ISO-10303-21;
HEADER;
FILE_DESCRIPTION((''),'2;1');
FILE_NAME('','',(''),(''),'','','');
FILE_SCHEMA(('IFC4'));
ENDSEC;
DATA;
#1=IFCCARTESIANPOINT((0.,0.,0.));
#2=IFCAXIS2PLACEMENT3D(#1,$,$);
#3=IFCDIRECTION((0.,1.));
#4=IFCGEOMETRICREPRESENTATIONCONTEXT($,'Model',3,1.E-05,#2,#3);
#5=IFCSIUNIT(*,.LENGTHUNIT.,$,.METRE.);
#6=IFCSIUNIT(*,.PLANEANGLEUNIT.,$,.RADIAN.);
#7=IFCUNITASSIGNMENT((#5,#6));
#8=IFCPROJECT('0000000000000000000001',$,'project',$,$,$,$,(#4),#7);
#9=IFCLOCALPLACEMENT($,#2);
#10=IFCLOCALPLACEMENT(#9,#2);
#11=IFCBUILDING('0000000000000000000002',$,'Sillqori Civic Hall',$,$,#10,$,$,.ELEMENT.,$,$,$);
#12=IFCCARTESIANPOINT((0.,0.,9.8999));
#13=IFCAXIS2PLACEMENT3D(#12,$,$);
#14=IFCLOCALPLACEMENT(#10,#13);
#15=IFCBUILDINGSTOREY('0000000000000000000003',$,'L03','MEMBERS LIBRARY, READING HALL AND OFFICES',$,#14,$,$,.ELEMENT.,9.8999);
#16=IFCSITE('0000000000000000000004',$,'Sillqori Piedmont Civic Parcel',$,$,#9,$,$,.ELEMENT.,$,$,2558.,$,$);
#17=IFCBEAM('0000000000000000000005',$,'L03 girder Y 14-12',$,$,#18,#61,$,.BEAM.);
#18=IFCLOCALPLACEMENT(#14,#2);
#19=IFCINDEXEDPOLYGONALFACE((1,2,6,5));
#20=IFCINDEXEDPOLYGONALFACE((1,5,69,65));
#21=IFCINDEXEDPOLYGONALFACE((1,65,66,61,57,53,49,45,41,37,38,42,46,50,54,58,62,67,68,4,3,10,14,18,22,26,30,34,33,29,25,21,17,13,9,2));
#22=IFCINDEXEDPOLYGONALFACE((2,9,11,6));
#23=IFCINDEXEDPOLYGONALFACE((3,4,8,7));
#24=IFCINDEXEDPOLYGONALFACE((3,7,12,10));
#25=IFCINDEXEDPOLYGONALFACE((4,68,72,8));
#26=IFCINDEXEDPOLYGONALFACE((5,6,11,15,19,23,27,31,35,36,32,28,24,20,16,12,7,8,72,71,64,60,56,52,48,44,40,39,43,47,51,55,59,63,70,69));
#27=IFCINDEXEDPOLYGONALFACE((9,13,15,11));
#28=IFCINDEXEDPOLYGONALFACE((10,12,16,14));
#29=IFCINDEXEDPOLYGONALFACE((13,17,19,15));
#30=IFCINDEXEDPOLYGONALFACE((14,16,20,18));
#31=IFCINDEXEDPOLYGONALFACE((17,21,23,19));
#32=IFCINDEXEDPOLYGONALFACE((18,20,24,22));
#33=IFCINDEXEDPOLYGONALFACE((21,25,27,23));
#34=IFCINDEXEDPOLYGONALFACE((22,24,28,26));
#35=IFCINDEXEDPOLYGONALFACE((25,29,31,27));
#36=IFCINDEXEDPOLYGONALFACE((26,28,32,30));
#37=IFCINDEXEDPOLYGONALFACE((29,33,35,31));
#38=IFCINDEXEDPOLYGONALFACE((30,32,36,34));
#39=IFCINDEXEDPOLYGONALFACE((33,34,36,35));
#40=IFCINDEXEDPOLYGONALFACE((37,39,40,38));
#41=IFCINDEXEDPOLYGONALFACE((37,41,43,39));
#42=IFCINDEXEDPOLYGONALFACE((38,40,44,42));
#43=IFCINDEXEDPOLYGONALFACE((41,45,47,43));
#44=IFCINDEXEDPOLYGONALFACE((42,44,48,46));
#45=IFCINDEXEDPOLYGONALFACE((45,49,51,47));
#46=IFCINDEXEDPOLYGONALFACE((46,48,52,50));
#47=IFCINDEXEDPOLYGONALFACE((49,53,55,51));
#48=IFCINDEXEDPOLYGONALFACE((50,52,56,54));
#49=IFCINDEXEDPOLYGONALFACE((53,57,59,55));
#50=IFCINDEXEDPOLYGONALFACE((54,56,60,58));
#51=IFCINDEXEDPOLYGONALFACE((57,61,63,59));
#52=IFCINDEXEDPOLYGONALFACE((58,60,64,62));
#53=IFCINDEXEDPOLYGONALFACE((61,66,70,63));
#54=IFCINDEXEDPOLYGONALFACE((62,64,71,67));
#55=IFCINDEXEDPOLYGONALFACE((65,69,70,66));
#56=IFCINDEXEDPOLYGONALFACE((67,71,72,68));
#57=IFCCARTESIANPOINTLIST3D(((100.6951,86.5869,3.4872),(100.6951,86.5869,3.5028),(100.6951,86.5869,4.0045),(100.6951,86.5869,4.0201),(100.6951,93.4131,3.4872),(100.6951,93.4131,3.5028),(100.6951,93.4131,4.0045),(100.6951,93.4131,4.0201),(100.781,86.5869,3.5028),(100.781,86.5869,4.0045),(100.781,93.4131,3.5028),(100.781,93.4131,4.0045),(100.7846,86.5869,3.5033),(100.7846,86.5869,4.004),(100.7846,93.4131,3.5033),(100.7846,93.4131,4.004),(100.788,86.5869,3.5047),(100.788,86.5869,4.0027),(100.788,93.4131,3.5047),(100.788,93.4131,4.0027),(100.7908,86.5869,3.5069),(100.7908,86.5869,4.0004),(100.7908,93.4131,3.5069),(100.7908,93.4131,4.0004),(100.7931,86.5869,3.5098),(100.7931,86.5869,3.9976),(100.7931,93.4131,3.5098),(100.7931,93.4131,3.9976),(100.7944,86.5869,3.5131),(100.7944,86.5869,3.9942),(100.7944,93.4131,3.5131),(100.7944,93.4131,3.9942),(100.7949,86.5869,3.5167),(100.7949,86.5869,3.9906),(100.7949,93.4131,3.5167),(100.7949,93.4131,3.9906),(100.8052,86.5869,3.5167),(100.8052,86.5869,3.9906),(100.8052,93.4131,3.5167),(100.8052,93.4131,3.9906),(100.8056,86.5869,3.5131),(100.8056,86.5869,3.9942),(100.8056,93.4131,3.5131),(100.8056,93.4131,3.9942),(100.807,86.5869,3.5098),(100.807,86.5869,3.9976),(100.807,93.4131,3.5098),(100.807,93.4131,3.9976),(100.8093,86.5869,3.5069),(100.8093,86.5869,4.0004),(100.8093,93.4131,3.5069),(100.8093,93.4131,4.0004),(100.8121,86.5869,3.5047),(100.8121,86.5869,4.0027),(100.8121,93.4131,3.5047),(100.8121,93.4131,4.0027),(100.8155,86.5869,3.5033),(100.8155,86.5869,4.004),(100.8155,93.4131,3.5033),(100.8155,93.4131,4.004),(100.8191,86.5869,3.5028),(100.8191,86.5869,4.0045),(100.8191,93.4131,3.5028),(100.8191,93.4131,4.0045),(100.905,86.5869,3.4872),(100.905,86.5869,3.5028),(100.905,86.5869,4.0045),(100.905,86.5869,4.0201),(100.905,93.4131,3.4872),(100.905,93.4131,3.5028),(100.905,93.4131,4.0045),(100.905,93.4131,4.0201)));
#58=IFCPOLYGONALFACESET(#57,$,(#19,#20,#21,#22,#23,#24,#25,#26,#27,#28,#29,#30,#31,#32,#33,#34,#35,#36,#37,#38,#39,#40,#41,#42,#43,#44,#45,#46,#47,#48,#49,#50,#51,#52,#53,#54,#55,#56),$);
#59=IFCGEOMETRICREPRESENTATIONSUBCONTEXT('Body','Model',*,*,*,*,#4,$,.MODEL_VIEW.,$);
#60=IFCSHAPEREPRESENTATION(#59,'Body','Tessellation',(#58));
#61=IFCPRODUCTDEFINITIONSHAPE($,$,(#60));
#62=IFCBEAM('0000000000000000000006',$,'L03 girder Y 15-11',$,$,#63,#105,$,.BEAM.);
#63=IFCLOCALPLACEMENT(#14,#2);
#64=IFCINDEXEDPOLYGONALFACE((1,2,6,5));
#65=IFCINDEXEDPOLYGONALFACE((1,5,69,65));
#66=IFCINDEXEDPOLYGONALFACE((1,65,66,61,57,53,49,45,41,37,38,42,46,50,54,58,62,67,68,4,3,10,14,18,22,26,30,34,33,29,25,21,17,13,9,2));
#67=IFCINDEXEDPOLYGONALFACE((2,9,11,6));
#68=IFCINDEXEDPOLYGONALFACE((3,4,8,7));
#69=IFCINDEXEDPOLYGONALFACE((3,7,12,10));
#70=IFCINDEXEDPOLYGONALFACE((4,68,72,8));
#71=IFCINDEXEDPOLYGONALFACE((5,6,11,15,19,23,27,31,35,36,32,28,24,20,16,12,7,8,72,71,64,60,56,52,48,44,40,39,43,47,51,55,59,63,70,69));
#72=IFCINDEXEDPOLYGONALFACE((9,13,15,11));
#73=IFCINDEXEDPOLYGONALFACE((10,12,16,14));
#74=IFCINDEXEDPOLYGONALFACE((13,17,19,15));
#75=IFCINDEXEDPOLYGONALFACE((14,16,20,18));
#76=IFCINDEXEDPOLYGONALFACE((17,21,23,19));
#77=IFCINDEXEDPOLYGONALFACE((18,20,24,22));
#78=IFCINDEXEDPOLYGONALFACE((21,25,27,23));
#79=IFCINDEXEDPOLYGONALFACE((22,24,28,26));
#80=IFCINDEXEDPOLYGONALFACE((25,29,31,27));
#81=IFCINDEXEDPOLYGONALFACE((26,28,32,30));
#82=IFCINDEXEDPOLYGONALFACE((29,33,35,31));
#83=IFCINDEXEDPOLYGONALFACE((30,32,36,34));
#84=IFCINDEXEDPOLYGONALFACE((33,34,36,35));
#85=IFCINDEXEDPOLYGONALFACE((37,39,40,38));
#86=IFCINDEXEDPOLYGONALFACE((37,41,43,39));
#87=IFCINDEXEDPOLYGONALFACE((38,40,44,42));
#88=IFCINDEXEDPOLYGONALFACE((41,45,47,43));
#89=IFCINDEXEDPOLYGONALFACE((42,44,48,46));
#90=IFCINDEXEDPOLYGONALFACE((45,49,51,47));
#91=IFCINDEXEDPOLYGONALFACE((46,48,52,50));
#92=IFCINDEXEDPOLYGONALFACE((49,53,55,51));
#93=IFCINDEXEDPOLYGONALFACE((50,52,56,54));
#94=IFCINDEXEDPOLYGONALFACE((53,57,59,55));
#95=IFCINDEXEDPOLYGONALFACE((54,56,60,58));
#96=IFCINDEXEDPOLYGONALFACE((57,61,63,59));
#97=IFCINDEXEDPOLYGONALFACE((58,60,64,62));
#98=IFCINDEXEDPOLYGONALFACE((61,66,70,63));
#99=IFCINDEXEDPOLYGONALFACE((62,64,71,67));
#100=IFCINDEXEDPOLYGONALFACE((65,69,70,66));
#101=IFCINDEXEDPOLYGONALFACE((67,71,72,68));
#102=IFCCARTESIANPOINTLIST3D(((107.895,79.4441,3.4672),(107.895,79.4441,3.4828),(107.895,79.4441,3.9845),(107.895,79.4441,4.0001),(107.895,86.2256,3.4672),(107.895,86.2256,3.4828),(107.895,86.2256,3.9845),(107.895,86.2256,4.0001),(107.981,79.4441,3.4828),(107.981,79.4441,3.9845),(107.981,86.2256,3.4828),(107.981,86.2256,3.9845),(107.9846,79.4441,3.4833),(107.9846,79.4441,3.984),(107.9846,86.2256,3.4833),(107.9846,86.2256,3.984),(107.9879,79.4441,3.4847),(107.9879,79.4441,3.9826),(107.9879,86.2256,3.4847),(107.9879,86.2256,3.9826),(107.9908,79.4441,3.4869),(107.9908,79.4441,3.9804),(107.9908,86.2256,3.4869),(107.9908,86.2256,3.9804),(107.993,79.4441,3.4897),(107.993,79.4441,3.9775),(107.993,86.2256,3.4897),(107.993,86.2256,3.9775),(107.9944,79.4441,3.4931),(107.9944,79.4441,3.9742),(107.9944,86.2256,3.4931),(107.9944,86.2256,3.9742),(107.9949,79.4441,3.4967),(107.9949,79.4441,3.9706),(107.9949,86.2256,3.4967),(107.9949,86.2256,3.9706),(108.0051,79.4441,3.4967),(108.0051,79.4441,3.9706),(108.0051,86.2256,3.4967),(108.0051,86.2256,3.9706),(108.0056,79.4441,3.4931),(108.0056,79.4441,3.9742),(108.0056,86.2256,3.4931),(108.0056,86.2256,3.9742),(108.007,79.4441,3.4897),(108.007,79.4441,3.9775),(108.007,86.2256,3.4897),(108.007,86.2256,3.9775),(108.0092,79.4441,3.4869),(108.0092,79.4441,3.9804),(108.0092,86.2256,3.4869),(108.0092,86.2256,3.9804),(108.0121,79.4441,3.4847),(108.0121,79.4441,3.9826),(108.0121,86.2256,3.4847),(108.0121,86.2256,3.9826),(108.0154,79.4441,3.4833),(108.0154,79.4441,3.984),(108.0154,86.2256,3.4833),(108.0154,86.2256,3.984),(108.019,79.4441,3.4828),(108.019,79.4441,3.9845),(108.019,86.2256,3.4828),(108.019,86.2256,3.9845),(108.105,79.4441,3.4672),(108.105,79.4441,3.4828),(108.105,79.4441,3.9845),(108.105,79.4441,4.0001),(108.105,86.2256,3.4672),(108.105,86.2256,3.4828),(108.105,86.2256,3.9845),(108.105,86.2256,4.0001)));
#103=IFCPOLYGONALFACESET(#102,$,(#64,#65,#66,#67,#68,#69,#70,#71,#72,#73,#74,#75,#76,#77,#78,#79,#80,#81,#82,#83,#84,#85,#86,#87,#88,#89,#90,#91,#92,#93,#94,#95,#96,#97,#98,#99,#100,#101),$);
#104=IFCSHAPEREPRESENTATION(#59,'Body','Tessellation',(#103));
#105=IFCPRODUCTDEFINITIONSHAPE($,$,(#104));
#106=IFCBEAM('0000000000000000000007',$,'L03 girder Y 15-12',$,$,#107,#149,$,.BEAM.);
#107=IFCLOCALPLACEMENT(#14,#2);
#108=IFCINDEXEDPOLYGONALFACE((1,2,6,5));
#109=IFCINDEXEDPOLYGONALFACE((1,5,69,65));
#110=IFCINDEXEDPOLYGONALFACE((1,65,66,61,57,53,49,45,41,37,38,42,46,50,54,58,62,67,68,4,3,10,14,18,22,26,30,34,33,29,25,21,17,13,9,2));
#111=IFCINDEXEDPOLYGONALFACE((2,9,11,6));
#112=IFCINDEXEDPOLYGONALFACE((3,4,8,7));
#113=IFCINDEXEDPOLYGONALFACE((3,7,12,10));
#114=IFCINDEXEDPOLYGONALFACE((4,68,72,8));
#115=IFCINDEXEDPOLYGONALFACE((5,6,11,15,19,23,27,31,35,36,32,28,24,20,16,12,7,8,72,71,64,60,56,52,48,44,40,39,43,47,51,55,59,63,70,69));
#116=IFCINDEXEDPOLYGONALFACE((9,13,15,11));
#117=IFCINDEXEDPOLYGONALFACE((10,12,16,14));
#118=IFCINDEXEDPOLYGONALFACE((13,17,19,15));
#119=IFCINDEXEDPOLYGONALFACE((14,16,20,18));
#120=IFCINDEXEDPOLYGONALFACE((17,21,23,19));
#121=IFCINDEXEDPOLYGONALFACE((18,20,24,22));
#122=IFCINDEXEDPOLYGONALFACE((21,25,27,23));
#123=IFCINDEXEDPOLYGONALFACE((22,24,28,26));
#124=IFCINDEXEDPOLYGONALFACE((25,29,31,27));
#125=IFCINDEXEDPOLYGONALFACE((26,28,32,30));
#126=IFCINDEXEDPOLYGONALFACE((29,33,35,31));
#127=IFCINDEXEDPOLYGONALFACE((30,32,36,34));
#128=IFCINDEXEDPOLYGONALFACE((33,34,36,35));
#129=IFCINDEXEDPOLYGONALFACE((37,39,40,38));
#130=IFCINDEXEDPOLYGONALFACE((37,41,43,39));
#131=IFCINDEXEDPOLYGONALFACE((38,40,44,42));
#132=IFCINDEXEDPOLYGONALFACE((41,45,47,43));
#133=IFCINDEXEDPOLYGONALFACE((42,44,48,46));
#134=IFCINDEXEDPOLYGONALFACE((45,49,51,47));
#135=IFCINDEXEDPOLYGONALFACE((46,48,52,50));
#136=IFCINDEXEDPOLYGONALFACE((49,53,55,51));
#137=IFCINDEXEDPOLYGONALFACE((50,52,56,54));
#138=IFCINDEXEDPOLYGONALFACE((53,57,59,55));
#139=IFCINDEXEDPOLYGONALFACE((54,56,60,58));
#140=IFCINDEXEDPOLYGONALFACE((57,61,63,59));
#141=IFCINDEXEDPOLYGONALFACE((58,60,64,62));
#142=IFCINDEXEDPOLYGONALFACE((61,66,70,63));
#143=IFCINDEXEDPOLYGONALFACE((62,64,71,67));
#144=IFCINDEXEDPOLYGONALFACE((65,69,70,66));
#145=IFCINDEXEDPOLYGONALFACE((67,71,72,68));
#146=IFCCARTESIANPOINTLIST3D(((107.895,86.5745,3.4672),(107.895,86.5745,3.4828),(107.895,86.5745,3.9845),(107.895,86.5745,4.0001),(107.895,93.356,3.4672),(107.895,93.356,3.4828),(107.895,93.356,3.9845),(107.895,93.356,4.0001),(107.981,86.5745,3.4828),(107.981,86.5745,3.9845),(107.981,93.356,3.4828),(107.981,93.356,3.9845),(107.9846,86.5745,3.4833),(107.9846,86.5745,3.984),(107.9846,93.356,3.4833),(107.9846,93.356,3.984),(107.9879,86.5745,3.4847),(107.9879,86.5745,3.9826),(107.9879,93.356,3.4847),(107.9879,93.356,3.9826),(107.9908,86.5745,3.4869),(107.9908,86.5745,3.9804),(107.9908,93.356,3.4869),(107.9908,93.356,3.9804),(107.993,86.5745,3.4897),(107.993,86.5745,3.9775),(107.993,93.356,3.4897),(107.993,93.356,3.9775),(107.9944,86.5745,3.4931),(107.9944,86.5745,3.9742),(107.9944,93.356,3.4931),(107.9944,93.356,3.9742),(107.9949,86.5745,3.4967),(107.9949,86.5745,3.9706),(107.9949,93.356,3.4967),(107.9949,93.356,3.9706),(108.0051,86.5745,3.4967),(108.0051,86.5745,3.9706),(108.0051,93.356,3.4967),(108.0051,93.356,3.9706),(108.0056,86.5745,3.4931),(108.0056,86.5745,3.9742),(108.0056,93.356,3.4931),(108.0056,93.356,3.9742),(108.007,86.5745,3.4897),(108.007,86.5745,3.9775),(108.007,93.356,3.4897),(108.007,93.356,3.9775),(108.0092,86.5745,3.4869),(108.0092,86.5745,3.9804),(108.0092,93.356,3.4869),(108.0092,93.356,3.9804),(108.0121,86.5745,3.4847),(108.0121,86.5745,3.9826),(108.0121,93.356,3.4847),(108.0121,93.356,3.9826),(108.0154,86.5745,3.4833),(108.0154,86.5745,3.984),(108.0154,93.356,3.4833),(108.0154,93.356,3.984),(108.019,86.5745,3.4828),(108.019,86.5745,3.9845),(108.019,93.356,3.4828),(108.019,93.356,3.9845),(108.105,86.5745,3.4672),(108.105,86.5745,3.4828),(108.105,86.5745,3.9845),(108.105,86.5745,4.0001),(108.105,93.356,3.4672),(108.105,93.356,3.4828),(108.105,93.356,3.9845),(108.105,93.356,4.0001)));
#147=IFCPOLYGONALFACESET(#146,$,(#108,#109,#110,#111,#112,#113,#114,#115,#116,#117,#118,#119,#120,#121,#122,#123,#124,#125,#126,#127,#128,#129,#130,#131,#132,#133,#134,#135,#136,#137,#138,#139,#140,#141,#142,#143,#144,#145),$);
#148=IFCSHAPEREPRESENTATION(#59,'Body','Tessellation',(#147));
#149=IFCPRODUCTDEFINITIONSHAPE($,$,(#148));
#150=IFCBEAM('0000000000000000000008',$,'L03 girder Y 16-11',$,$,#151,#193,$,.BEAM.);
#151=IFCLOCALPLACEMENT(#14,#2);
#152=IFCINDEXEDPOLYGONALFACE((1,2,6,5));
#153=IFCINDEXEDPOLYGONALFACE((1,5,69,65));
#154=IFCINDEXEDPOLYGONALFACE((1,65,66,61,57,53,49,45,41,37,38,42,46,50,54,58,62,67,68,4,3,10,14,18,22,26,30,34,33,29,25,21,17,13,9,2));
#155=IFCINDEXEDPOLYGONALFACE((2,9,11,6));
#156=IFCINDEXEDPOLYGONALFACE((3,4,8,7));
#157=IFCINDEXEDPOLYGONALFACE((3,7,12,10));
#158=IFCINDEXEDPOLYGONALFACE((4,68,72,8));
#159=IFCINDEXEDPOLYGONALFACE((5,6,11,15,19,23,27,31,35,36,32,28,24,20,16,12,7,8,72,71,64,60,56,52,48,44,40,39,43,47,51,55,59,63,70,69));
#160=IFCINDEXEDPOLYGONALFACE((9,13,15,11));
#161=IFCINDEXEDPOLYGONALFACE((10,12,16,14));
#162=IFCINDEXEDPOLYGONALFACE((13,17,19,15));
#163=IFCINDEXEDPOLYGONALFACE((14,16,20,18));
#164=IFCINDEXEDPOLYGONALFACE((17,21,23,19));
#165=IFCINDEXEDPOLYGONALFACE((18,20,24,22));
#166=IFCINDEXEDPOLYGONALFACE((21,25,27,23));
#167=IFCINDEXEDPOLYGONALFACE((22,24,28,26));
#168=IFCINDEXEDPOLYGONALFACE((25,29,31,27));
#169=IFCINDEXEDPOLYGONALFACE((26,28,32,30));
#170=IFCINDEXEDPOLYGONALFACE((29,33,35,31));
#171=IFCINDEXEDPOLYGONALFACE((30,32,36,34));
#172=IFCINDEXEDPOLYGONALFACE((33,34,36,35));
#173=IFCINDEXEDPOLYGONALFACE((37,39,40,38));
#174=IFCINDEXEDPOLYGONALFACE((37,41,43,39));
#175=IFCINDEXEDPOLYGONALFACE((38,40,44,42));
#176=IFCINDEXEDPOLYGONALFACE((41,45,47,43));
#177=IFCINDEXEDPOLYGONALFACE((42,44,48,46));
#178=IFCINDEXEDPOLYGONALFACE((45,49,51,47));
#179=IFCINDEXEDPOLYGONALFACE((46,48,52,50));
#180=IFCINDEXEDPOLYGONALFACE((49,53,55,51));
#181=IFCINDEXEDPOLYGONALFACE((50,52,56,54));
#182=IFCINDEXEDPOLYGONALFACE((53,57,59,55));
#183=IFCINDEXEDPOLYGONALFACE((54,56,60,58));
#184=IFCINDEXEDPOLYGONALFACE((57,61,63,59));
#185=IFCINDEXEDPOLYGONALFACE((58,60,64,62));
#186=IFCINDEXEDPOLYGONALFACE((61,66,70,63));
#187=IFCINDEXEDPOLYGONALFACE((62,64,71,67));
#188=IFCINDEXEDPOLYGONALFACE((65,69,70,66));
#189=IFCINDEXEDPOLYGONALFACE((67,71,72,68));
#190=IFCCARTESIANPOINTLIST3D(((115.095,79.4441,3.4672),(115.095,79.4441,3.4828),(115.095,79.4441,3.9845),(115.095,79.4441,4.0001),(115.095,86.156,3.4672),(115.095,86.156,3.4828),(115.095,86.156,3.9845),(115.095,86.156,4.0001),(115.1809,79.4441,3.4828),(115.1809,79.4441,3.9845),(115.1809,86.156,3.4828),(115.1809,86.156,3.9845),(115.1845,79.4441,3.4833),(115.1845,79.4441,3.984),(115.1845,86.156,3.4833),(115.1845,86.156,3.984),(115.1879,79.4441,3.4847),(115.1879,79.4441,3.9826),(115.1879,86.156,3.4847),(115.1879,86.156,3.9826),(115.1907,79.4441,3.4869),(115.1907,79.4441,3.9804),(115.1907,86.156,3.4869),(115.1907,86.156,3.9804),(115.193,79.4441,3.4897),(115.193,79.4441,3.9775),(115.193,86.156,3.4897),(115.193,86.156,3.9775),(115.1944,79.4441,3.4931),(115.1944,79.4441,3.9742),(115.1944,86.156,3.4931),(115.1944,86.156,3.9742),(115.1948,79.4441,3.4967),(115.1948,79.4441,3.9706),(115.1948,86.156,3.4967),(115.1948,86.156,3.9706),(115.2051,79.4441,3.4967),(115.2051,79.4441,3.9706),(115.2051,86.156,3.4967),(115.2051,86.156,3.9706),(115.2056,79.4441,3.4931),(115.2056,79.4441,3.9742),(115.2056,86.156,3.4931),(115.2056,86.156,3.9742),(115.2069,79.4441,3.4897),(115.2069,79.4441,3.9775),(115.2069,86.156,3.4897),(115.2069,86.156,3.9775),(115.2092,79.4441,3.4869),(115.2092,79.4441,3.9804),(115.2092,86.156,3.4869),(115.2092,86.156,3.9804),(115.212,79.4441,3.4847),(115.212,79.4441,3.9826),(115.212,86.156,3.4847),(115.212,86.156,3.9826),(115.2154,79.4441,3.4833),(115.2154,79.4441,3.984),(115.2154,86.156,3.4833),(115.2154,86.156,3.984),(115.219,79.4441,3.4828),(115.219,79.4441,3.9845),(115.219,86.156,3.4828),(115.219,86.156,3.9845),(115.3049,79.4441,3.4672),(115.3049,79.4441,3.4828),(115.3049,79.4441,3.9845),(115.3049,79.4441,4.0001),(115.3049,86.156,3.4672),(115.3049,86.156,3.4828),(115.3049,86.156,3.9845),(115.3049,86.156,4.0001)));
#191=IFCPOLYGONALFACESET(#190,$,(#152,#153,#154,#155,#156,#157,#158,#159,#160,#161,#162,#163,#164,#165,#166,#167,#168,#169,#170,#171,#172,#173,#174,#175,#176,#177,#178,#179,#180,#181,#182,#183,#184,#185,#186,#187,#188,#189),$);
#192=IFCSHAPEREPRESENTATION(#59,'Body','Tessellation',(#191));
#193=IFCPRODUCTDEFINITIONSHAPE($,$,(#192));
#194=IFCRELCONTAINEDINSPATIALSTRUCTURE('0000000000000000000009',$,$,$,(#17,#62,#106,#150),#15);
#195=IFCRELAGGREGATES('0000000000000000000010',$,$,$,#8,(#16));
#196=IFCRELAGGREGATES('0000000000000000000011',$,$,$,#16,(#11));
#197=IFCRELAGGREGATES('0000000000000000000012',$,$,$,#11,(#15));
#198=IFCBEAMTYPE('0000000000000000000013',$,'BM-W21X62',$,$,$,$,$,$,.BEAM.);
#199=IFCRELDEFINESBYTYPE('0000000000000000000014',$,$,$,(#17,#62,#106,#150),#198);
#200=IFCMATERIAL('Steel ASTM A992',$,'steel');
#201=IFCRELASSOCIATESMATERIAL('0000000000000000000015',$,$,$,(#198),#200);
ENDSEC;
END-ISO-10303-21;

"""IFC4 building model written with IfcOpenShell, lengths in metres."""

from ifc_helpers import new_model, si_unit, direction, frame, origin, origin_2d, place, context, subcontext, project, spatial, i_section, extrude, material, material_profile, profile_set, type_object, element, save


model = new_model("IFC4")

# Units and contexts
model_context = context("Model", 3, precision=1e-05, world=origin(), true_north=direction((0.0, 1.0)))
body_context = subcontext(model_context, "Body", "Model", "MODEL_VIEW")
ifc_project = project(units=[si_unit("LENGTHUNIT", "METRE"), si_unit("PLANEANGLEUNIT", "RADIAN")], contexts=[model_context])

# Site, building, storey
site_placement = place(None, origin())
site = spatial("IfcSite", under=ifc_project, at=site_placement, Name="Sillqori Piedmont Civic Parcel", CompositionType="ELEMENT", RefElevation=2558.0)
building_placement = place(site_placement, origin())
building = spatial("IfcBuilding", under=site, at=building_placement, Name="Sillqori Civic Hall", CompositionType="ELEMENT")
storey_placement = place(building_placement, frame((0.0, 0.0, 9.8999)))
storey = spatial("IfcBuildingStorey", under=building, at=storey_placement, Name="L03", Description="MEMBERS LIBRARY, READING HALL AND OFFICES", CompositionType="ELEMENT", Elevation=9.8999)

# Shared definitions
ifc_material_1 = material(Name="Steel ASTM A992", Category="steel")

# Beams
ifc_material_profile_1 = material_profile(ifc_material_1, i_section(OverallWidth=0.21, OverallDepth=0.533, WebThickness=0.0103, FlangeThickness=0.0156, FilletRadius=0.0139, at=origin_2d()), Name="W21X62")
ifc_profile_set_1 = profile_set([ifc_material_profile_1], Name="Steel ASTM A992")
beam_type_1 = type_object("IfcBeamType", Name="BM-W21X62", PredefinedType="BEAM", material=ifc_profile_set_1)
beam_1_placement = place(storey_placement, frame((100.8, 86.5869, 3.7537), z_axis=(0.0, 1.0, 0.0), x_axis=(-1.0, 0.0, 0.0)))
element("IfcBeam", 1, at=beam_1_placement, inside=storey, type_object=beam_type_1, Name="L03 girder Y 14-12", PredefinedType="BEAM", context=body_context, shape_type="SweptSolid", body=[
    extrude(i_section(OverallWidth=0.21, OverallDepth=0.533, WebThickness=0.0103, FlangeThickness=0.0156, FilletRadius=0.0139, at=origin_2d()), origin(), (0.0, 0.0, 1.0), 6.8262),
])
for number, where, z_axis, x_axis, name in (
    (2, (108.0, 79.4441, 3.7336), (0.0, 1.0, 0.0), (-1.0, 0.0, 0.0), "L03 girder Y 15-11"),
    (3, (108.0, 86.5745, 3.7336), (0.0, 1.0, 0.0), (-1.0, 0.0, 0.0), "L03 girder Y 15-12"),
):
    element("IfcBeam", number, at=place(storey_placement, frame(where, z_axis=z_axis, x_axis=x_axis)), inside=storey, type_object=beam_type_1, Name=name, PredefinedType="BEAM", context=body_context, shape_type="SweptSolid", body=[
        extrude(i_section(OverallWidth=0.21, OverallDepth=0.533, WebThickness=0.0103, FlangeThickness=0.0156, FilletRadius=0.0139, at=origin_2d()), origin(), (0.0, 0.0, 1.0), 6.7815),
    ])
beam_2_placement = place(storey_placement, frame((115.2, 79.4441, 3.7336), z_axis=(0.0, 1.0, 0.0), x_axis=(-1.0, 0.0, 0.0)))
element("IfcBeam", 4, at=beam_2_placement, inside=storey, type_object=beam_type_1, Name="L03 girder Y 16-11", PredefinedType="BEAM", context=body_context, shape_type="SweptSolid", body=[
    extrude(i_section(OverallWidth=0.21, OverallDepth=0.533, WebThickness=0.0103, FlangeThickness=0.0156, FilletRadius=0.0139, at=origin_2d()), origin(), (0.0, 0.0, 1.0), 6.7119),
])

save(model, "model.ifc")
